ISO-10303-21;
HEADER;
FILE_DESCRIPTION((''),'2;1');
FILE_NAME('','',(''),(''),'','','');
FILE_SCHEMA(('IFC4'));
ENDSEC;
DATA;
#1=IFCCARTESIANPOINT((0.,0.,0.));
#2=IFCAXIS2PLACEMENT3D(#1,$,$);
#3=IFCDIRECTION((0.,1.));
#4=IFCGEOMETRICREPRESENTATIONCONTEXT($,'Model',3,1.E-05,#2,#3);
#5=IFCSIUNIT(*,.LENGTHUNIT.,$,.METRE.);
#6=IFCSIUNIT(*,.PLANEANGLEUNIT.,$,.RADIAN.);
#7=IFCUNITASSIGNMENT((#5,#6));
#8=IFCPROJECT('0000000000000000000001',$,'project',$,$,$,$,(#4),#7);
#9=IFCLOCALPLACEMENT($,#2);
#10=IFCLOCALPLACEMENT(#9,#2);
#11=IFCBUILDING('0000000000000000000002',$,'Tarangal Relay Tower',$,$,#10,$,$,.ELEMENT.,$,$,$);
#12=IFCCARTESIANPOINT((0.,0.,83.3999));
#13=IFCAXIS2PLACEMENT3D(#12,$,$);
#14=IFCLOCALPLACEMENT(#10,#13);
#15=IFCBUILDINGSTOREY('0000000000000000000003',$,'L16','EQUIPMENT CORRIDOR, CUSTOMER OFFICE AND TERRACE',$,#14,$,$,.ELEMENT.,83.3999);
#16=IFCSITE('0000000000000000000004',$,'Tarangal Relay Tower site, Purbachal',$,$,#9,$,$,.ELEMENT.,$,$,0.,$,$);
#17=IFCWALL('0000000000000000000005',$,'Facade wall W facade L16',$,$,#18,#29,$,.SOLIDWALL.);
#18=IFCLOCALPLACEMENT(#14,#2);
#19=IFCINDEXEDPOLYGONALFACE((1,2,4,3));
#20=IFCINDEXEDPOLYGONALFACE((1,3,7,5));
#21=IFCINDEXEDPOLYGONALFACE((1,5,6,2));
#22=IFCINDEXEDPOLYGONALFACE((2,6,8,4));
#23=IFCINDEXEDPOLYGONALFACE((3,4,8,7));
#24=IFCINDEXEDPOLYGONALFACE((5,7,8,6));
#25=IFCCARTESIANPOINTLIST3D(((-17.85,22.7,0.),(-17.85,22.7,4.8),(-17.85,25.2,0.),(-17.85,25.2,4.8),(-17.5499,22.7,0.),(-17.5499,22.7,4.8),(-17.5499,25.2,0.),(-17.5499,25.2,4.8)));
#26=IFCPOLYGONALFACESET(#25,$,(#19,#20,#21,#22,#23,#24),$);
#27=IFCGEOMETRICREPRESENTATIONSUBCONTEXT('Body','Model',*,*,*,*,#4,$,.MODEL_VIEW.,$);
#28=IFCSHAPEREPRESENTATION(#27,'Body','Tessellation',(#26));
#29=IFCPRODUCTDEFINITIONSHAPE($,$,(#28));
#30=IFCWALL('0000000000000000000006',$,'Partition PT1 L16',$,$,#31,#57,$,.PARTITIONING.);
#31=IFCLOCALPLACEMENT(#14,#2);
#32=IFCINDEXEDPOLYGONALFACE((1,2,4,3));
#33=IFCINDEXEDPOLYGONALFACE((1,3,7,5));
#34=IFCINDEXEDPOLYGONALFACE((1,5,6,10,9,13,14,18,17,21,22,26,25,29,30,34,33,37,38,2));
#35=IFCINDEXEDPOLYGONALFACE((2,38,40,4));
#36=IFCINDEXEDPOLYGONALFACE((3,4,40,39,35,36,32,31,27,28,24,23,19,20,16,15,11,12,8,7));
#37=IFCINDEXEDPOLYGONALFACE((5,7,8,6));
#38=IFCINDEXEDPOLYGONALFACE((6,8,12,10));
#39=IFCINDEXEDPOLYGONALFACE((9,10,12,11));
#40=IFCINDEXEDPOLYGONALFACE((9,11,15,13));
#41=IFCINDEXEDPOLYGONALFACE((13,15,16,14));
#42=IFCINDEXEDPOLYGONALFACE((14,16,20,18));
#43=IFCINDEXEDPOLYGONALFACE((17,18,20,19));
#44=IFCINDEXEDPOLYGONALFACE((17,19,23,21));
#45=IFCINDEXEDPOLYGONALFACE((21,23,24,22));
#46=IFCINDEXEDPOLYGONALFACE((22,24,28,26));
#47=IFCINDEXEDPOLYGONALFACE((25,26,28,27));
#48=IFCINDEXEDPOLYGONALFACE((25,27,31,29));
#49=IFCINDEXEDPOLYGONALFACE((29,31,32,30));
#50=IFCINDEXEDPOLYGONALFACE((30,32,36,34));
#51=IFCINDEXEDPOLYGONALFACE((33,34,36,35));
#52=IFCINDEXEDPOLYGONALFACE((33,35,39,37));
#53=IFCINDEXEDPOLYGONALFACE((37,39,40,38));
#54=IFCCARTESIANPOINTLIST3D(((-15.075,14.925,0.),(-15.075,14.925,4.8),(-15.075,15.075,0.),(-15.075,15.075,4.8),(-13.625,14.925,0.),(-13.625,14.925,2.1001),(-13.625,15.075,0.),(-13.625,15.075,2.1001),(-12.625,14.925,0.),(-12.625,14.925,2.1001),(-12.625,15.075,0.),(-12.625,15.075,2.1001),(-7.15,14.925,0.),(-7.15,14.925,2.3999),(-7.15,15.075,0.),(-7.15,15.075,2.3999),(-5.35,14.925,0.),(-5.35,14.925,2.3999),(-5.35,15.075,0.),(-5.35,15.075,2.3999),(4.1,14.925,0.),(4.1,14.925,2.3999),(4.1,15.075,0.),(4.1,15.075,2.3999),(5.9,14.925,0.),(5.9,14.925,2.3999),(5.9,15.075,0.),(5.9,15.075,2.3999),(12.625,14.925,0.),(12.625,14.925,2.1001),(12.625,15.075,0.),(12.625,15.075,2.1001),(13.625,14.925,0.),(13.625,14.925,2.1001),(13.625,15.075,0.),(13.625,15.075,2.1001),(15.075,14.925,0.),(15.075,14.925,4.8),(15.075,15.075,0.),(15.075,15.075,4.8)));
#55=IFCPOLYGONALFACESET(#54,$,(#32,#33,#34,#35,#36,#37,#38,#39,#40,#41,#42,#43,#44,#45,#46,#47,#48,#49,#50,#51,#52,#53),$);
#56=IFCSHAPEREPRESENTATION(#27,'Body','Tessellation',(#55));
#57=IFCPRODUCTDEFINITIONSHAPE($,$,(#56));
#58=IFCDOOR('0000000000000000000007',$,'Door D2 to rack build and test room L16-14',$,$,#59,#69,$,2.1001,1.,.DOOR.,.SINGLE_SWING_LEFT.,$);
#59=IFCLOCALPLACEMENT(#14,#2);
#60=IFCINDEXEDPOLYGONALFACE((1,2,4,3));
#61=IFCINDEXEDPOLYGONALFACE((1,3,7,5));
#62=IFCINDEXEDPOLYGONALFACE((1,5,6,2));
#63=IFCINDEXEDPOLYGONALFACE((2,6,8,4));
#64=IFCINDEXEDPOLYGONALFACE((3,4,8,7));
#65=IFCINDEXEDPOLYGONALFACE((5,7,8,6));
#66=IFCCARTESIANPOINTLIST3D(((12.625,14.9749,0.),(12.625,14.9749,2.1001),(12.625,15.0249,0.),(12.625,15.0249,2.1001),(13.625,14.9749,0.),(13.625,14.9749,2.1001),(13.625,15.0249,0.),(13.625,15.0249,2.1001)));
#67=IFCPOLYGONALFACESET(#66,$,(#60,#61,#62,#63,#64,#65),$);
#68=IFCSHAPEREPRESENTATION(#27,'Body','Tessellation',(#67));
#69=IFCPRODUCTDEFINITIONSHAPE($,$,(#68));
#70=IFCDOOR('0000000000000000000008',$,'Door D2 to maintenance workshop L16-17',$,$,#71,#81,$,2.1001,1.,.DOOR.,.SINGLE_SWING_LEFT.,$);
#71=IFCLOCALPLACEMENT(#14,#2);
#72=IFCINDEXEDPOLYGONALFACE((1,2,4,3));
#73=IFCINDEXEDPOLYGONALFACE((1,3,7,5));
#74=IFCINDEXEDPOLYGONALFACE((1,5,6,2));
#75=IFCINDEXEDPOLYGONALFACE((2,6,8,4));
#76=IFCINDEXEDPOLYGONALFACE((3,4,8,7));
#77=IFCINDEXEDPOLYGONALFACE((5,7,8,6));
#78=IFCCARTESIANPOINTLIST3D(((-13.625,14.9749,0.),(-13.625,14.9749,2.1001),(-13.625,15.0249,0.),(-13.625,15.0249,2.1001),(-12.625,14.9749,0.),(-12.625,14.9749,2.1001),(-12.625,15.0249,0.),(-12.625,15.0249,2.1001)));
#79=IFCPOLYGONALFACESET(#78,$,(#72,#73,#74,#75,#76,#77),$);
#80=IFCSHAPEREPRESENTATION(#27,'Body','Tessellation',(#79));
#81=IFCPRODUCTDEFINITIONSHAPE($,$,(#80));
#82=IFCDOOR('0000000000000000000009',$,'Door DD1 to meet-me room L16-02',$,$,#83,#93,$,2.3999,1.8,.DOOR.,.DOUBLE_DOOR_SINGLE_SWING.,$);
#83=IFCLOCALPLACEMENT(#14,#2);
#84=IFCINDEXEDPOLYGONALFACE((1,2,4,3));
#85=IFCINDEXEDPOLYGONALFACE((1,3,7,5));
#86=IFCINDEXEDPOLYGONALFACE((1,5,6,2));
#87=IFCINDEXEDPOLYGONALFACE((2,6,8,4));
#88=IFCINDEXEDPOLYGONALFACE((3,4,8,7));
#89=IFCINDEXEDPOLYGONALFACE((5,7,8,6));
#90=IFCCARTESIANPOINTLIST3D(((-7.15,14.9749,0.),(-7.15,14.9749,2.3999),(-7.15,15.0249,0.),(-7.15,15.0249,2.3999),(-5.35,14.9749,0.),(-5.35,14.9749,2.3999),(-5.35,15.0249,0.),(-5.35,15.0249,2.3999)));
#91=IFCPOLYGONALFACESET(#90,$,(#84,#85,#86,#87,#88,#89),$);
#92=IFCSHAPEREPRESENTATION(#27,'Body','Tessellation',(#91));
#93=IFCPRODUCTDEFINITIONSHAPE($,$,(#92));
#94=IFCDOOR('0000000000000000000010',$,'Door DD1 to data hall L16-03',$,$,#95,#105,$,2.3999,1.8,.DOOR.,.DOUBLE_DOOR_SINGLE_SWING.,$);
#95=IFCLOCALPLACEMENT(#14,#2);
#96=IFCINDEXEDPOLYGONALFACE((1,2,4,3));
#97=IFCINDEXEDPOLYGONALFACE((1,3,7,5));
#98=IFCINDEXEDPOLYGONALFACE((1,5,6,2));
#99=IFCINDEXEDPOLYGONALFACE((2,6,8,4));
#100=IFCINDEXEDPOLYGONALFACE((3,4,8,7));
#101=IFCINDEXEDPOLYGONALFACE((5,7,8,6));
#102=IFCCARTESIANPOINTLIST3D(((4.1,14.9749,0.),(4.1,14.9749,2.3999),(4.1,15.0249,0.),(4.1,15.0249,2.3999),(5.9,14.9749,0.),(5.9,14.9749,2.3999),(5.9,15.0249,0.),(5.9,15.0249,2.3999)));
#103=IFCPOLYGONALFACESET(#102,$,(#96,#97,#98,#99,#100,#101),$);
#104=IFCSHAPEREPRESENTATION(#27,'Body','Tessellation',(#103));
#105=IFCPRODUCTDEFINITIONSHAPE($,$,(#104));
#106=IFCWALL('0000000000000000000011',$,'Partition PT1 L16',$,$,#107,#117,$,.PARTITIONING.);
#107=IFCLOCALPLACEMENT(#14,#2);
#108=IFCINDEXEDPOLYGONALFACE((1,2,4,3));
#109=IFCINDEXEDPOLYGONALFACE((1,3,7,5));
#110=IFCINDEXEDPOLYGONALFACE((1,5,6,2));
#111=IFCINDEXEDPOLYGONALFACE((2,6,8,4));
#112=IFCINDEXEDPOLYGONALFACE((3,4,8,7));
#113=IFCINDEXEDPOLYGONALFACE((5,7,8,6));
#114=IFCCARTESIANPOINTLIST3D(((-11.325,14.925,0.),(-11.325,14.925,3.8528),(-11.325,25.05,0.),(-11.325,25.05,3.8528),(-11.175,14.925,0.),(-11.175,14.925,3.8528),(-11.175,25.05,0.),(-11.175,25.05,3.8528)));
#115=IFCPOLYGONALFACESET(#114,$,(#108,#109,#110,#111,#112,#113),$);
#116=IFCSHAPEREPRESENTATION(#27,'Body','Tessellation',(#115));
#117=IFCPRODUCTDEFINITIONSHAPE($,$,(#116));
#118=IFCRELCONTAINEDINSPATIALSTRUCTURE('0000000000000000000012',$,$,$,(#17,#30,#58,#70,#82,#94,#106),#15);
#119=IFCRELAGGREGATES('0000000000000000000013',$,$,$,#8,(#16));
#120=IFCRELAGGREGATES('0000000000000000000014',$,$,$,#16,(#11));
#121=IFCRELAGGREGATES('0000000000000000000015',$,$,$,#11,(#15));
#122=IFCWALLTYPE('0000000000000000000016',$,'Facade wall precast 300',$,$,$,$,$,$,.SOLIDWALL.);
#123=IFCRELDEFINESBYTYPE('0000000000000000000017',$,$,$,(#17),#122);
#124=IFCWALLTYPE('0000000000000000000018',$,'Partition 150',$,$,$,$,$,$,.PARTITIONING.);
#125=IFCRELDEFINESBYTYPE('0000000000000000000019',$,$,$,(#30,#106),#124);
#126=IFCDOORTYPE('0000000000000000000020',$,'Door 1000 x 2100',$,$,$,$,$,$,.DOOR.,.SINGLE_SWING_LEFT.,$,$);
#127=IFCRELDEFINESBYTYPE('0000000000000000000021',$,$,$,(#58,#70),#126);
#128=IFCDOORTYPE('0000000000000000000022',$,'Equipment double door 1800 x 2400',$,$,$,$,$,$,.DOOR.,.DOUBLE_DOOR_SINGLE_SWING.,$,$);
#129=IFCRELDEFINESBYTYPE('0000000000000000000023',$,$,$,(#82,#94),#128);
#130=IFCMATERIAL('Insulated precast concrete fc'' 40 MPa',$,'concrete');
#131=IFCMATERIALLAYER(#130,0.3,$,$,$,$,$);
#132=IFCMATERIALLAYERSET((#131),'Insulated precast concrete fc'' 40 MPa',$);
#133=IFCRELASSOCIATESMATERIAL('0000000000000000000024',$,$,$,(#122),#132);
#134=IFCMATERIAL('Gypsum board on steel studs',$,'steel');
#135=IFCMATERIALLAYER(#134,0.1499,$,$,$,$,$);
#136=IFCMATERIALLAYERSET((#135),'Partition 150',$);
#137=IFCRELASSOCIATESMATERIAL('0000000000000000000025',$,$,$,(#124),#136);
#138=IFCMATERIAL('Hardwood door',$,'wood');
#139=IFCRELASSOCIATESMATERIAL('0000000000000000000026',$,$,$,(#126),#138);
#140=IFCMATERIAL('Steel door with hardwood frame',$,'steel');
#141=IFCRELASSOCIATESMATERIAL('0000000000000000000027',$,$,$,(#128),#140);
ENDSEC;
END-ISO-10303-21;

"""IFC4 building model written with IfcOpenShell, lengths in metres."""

from ifc_helpers import new_model, si_unit, direction, frame, frame_2d, origin, place, context, subcontext, project, spatial, rectangle, extrude, material, layer, layer_set, type_object, element, fill, save


model = new_model("IFC4")

# Units and contexts
model_context = context("Model", 3, precision=1e-05, world=origin(), true_north=direction((0.0, 1.0)))
body_context = subcontext(model_context, "Body", "Model", "MODEL_VIEW")
ifc_project = project(units=[si_unit("LENGTHUNIT", "METRE"), si_unit("PLANEANGLEUNIT", "RADIAN")], contexts=[model_context])

# Site, building, storey
site_placement = place(None, origin())
site = spatial("IfcSite", under=ifc_project, at=site_placement, Name="Tarangal Relay Tower site, Purbachal", CompositionType="ELEMENT", RefElevation=0.0)
building_placement = place(site_placement, origin())
building = spatial("IfcBuilding", under=site, at=building_placement, Name="Tarangal Relay Tower", CompositionType="ELEMENT")
storey_placement = place(building_placement, frame((0.0, 0.0, 83.3999)))
storey = spatial("IfcBuildingStorey", under=building, at=storey_placement, Name="L16", Description="EQUIPMENT CORRIDOR, CUSTOMER OFFICE AND TERRACE", CompositionType="ELEMENT", Elevation=83.3999)

# Shared definitions
ifc_material_1 = material(Name="Insulated precast concrete fc' 40 MPa", Category="concrete")
ifc_layer_1 = layer(ifc_material_1, 0.3)
ifc_layer_set_1 = layer_set([ifc_layer_1], Name="Insulated precast concrete fc' 40 MPa")
wall_type_1 = type_object("IfcWallType", Name="Facade wall precast 300", PredefinedType="SOLIDWALL", material=ifc_layer_set_1)

# Wall
for number, where, z_axis, x_axis, name in (
    (1, (-17.7, 22.7, 0.0), (0.0, 0.0, 1.0), (0.0, 1.0, 0.0), "Facade wall W facade L16"),
):
    element("IfcWall", number, at=place(storey_placement, frame(where, z_axis=z_axis, x_axis=x_axis)), inside=storey, type_object=wall_type_1, Name=name, PredefinedType="SOLIDWALL", context=body_context, shape_type="SweptSolid", body=[
        extrude(rectangle(XDim=2.5, YDim=0.3, at=frame_2d((1.25, 0.0))), origin(), (0.0, 0.0, 1.0), 4.8),
    ])

# Wall, openings, doors
ifc_material_2 = material(Name="Gypsum board on steel studs", Category="steel")
ifc_layer_2 = layer(ifc_material_2, 0.1499)
ifc_layer_set_2 = layer_set([ifc_layer_2], Name="Partition 150")
wall_type_2 = type_object("IfcWallType", Name="Partition 150", PredefinedType="PARTITIONING", material=ifc_layer_set_2)
wall_1_placement = place(storey_placement, frame((-15.075, 15.0, 0.0), z_axis=(0.0, 0.0, 1.0), x_axis=(1.0, 0.0, 0.0)))
wall_1 = element("IfcWall", 2, at=wall_1_placement, inside=storey, type_object=wall_type_2, Name="Partition PT1 L16", PredefinedType="PARTITIONING", context=body_context, shape_type="SweptSolid", body=[
    extrude(rectangle(XDim=30.1499, YDim=0.1499, at=frame_2d((15.075, 0.0))), origin(), (0.0, 0.0, 1.0), 4.8),
])
opening_1_placement = place(wall_1_placement, frame((7.925, 0.0, 0.0)))
opening_1 = element("IfcOpeningElement", 3, at=opening_1_placement, cuts=wall_1, PredefinedType="OPENING", context=body_context, shape_type="SweptSolid", body=[
    extrude(rectangle(XDim=1.8, YDim=2.3999, at=frame_2d((0.8999, 1.2))), frame((0.0, 0.085, 0.0), z_axis=(0.0, -1.0, 0.0), x_axis=(1.0, 0.0, 0.0)), (0.0, 0.0, 1.0), 0.1699),
])
opening_2_placement = place(wall_1_placement, frame((19.175, 0.0, 0.0)))
opening_2 = element("IfcOpeningElement", 4, at=opening_2_placement, cuts=wall_1, PredefinedType="OPENING", context=body_context, shape_type="SweptSolid", body=[
    extrude(rectangle(XDim=1.8, YDim=2.3999, at=frame_2d((0.8999, 1.2))), frame((0.0, 0.085, 0.0), z_axis=(0.0, -1.0, 0.0), x_axis=(1.0, 0.0, 0.0)), (0.0, 0.0, 1.0), 0.1699),
])
opening_3_placement = place(wall_1_placement, frame((27.7, 0.0, 0.0)))
opening_3 = element("IfcOpeningElement", 5, at=opening_3_placement, cuts=wall_1, PredefinedType="OPENING", context=body_context, shape_type="SweptSolid", body=[
    extrude(rectangle(XDim=1.0, YDim=2.1001, at=frame_2d((0.5, 1.05))), frame((0.0, 0.085, 0.0), z_axis=(0.0, -1.0, 0.0), x_axis=(1.0, 0.0, 0.0)), (0.0, 0.0, 1.0), 0.1699),
])
opening_4_placement = place(wall_1_placement, frame((1.45, 0.0, 0.0)))
opening_4 = element("IfcOpeningElement", 6, at=opening_4_placement, cuts=wall_1, PredefinedType="OPENING", context=body_context, shape_type="SweptSolid", body=[
    extrude(rectangle(XDim=1.0, YDim=2.1001, at=frame_2d((0.5, 1.05))), frame((0.0, 0.085, 0.0), z_axis=(0.0, -1.0, 0.0), x_axis=(1.0, 0.0, 0.0)), (0.0, 0.0, 1.0), 0.1699),
])
ifc_material_3 = material(Name="Hardwood door", Category="wood")
door_type_1 = type_object("IfcDoorType", Name="Door 1000 x 2100", OperationType="SINGLE_SWING_LEFT", PredefinedType="DOOR", material=ifc_material_3)
door_1_placement = place(opening_3_placement, origin())
door_1 = element("IfcDoor", 7, at=door_1_placement, inside=storey, type_object=door_type_1, Name="Door D2 to rack build and test room L16-14", OperationType="SINGLE_SWING_LEFT", OverallHeight=2.1001, OverallWidth=1.0, PredefinedType="DOOR", context=body_context, shape_type="SweptSolid", body=[
    extrude(rectangle(XDim=1.0, YDim=2.1001, at=frame_2d((0.5, 1.05))), frame((0.0, 0.0249, 0.0), z_axis=(0.0, -1.0, 0.0), x_axis=(1.0, 0.0, 0.0)), (0.0, 0.0, 1.0), 0.05),
])
fill(opening_3, door_1)
door_2_placement = place(opening_4_placement, origin())
door_2 = element("IfcDoor", 8, at=door_2_placement, inside=storey, type_object=door_type_1, Name="Door D2 to maintenance workshop L16-17", OperationType="SINGLE_SWING_LEFT", OverallHeight=2.1001, OverallWidth=1.0, PredefinedType="DOOR", context=body_context, shape_type="SweptSolid", body=[
    extrude(rectangle(XDim=1.0, YDim=2.1001, at=frame_2d((0.5, 1.05))), frame((0.0, 0.0249, 0.0), z_axis=(0.0, -1.0, 0.0), x_axis=(1.0, 0.0, 0.0)), (0.0, 0.0, 1.0), 0.05),
])
fill(opening_4, door_2)
ifc_material_4 = material(Name="Steel door with hardwood frame", Category="steel")
door_type_2 = type_object("IfcDoorType", Name="Equipment double door 1800 x 2400", OperationType="DOUBLE_DOOR_SINGLE_SWING", PredefinedType="DOOR", material=ifc_material_4)
door_3_placement = place(opening_1_placement, origin())
door_3 = element("IfcDoor", 9, at=door_3_placement, inside=storey, type_object=door_type_2, Name="Door DD1 to meet-me room L16-02", OperationType="DOUBLE_DOOR_SINGLE_SWING", OverallHeight=2.3999, OverallWidth=1.8, PredefinedType="DOOR", context=body_context, shape_type="SweptSolid", body=[
    extrude(rectangle(XDim=1.8, YDim=2.3999, at=frame_2d((0.8999, 1.2))), frame((0.0, 0.0249, 0.0), z_axis=(0.0, -1.0, 0.0), x_axis=(1.0, 0.0, 0.0)), (0.0, 0.0, 1.0), 0.05),
])
fill(opening_1, door_3)
door_4_placement = place(opening_2_placement, origin())
door_4 = element("IfcDoor", 10, at=door_4_placement, inside=storey, type_object=door_type_2, Name="Door DD1 to data hall L16-03", OperationType="DOUBLE_DOOR_SINGLE_SWING", OverallHeight=2.3999, OverallWidth=1.8, PredefinedType="DOOR", context=body_context, shape_type="SweptSolid", body=[
    extrude(rectangle(XDim=1.8, YDim=2.3999, at=frame_2d((0.8999, 1.2))), frame((0.0, 0.0249, 0.0), z_axis=(0.0, -1.0, 0.0), x_axis=(1.0, 0.0, 0.0)), (0.0, 0.0, 1.0), 0.05),
])
fill(opening_2, door_4)

# Wall
wall_2_placement = place(storey_placement, frame((-11.25, 14.925, 0.0), z_axis=(0.0, 0.0, 1.0), x_axis=(0.0, 1.0, 0.0)))
element("IfcWall", 11, at=wall_2_placement, inside=storey, type_object=wall_type_2, Name="Partition PT1 L16", PredefinedType="PARTITIONING", context=body_context, shape_type="SweptSolid", body=[
    extrude(rectangle(XDim=10.125, YDim=0.1499, at=frame_2d((5.0625, 0.0))), origin(), (0.0, 0.0, 1.0), 3.8528),
])

save(model, "model.ifc")
